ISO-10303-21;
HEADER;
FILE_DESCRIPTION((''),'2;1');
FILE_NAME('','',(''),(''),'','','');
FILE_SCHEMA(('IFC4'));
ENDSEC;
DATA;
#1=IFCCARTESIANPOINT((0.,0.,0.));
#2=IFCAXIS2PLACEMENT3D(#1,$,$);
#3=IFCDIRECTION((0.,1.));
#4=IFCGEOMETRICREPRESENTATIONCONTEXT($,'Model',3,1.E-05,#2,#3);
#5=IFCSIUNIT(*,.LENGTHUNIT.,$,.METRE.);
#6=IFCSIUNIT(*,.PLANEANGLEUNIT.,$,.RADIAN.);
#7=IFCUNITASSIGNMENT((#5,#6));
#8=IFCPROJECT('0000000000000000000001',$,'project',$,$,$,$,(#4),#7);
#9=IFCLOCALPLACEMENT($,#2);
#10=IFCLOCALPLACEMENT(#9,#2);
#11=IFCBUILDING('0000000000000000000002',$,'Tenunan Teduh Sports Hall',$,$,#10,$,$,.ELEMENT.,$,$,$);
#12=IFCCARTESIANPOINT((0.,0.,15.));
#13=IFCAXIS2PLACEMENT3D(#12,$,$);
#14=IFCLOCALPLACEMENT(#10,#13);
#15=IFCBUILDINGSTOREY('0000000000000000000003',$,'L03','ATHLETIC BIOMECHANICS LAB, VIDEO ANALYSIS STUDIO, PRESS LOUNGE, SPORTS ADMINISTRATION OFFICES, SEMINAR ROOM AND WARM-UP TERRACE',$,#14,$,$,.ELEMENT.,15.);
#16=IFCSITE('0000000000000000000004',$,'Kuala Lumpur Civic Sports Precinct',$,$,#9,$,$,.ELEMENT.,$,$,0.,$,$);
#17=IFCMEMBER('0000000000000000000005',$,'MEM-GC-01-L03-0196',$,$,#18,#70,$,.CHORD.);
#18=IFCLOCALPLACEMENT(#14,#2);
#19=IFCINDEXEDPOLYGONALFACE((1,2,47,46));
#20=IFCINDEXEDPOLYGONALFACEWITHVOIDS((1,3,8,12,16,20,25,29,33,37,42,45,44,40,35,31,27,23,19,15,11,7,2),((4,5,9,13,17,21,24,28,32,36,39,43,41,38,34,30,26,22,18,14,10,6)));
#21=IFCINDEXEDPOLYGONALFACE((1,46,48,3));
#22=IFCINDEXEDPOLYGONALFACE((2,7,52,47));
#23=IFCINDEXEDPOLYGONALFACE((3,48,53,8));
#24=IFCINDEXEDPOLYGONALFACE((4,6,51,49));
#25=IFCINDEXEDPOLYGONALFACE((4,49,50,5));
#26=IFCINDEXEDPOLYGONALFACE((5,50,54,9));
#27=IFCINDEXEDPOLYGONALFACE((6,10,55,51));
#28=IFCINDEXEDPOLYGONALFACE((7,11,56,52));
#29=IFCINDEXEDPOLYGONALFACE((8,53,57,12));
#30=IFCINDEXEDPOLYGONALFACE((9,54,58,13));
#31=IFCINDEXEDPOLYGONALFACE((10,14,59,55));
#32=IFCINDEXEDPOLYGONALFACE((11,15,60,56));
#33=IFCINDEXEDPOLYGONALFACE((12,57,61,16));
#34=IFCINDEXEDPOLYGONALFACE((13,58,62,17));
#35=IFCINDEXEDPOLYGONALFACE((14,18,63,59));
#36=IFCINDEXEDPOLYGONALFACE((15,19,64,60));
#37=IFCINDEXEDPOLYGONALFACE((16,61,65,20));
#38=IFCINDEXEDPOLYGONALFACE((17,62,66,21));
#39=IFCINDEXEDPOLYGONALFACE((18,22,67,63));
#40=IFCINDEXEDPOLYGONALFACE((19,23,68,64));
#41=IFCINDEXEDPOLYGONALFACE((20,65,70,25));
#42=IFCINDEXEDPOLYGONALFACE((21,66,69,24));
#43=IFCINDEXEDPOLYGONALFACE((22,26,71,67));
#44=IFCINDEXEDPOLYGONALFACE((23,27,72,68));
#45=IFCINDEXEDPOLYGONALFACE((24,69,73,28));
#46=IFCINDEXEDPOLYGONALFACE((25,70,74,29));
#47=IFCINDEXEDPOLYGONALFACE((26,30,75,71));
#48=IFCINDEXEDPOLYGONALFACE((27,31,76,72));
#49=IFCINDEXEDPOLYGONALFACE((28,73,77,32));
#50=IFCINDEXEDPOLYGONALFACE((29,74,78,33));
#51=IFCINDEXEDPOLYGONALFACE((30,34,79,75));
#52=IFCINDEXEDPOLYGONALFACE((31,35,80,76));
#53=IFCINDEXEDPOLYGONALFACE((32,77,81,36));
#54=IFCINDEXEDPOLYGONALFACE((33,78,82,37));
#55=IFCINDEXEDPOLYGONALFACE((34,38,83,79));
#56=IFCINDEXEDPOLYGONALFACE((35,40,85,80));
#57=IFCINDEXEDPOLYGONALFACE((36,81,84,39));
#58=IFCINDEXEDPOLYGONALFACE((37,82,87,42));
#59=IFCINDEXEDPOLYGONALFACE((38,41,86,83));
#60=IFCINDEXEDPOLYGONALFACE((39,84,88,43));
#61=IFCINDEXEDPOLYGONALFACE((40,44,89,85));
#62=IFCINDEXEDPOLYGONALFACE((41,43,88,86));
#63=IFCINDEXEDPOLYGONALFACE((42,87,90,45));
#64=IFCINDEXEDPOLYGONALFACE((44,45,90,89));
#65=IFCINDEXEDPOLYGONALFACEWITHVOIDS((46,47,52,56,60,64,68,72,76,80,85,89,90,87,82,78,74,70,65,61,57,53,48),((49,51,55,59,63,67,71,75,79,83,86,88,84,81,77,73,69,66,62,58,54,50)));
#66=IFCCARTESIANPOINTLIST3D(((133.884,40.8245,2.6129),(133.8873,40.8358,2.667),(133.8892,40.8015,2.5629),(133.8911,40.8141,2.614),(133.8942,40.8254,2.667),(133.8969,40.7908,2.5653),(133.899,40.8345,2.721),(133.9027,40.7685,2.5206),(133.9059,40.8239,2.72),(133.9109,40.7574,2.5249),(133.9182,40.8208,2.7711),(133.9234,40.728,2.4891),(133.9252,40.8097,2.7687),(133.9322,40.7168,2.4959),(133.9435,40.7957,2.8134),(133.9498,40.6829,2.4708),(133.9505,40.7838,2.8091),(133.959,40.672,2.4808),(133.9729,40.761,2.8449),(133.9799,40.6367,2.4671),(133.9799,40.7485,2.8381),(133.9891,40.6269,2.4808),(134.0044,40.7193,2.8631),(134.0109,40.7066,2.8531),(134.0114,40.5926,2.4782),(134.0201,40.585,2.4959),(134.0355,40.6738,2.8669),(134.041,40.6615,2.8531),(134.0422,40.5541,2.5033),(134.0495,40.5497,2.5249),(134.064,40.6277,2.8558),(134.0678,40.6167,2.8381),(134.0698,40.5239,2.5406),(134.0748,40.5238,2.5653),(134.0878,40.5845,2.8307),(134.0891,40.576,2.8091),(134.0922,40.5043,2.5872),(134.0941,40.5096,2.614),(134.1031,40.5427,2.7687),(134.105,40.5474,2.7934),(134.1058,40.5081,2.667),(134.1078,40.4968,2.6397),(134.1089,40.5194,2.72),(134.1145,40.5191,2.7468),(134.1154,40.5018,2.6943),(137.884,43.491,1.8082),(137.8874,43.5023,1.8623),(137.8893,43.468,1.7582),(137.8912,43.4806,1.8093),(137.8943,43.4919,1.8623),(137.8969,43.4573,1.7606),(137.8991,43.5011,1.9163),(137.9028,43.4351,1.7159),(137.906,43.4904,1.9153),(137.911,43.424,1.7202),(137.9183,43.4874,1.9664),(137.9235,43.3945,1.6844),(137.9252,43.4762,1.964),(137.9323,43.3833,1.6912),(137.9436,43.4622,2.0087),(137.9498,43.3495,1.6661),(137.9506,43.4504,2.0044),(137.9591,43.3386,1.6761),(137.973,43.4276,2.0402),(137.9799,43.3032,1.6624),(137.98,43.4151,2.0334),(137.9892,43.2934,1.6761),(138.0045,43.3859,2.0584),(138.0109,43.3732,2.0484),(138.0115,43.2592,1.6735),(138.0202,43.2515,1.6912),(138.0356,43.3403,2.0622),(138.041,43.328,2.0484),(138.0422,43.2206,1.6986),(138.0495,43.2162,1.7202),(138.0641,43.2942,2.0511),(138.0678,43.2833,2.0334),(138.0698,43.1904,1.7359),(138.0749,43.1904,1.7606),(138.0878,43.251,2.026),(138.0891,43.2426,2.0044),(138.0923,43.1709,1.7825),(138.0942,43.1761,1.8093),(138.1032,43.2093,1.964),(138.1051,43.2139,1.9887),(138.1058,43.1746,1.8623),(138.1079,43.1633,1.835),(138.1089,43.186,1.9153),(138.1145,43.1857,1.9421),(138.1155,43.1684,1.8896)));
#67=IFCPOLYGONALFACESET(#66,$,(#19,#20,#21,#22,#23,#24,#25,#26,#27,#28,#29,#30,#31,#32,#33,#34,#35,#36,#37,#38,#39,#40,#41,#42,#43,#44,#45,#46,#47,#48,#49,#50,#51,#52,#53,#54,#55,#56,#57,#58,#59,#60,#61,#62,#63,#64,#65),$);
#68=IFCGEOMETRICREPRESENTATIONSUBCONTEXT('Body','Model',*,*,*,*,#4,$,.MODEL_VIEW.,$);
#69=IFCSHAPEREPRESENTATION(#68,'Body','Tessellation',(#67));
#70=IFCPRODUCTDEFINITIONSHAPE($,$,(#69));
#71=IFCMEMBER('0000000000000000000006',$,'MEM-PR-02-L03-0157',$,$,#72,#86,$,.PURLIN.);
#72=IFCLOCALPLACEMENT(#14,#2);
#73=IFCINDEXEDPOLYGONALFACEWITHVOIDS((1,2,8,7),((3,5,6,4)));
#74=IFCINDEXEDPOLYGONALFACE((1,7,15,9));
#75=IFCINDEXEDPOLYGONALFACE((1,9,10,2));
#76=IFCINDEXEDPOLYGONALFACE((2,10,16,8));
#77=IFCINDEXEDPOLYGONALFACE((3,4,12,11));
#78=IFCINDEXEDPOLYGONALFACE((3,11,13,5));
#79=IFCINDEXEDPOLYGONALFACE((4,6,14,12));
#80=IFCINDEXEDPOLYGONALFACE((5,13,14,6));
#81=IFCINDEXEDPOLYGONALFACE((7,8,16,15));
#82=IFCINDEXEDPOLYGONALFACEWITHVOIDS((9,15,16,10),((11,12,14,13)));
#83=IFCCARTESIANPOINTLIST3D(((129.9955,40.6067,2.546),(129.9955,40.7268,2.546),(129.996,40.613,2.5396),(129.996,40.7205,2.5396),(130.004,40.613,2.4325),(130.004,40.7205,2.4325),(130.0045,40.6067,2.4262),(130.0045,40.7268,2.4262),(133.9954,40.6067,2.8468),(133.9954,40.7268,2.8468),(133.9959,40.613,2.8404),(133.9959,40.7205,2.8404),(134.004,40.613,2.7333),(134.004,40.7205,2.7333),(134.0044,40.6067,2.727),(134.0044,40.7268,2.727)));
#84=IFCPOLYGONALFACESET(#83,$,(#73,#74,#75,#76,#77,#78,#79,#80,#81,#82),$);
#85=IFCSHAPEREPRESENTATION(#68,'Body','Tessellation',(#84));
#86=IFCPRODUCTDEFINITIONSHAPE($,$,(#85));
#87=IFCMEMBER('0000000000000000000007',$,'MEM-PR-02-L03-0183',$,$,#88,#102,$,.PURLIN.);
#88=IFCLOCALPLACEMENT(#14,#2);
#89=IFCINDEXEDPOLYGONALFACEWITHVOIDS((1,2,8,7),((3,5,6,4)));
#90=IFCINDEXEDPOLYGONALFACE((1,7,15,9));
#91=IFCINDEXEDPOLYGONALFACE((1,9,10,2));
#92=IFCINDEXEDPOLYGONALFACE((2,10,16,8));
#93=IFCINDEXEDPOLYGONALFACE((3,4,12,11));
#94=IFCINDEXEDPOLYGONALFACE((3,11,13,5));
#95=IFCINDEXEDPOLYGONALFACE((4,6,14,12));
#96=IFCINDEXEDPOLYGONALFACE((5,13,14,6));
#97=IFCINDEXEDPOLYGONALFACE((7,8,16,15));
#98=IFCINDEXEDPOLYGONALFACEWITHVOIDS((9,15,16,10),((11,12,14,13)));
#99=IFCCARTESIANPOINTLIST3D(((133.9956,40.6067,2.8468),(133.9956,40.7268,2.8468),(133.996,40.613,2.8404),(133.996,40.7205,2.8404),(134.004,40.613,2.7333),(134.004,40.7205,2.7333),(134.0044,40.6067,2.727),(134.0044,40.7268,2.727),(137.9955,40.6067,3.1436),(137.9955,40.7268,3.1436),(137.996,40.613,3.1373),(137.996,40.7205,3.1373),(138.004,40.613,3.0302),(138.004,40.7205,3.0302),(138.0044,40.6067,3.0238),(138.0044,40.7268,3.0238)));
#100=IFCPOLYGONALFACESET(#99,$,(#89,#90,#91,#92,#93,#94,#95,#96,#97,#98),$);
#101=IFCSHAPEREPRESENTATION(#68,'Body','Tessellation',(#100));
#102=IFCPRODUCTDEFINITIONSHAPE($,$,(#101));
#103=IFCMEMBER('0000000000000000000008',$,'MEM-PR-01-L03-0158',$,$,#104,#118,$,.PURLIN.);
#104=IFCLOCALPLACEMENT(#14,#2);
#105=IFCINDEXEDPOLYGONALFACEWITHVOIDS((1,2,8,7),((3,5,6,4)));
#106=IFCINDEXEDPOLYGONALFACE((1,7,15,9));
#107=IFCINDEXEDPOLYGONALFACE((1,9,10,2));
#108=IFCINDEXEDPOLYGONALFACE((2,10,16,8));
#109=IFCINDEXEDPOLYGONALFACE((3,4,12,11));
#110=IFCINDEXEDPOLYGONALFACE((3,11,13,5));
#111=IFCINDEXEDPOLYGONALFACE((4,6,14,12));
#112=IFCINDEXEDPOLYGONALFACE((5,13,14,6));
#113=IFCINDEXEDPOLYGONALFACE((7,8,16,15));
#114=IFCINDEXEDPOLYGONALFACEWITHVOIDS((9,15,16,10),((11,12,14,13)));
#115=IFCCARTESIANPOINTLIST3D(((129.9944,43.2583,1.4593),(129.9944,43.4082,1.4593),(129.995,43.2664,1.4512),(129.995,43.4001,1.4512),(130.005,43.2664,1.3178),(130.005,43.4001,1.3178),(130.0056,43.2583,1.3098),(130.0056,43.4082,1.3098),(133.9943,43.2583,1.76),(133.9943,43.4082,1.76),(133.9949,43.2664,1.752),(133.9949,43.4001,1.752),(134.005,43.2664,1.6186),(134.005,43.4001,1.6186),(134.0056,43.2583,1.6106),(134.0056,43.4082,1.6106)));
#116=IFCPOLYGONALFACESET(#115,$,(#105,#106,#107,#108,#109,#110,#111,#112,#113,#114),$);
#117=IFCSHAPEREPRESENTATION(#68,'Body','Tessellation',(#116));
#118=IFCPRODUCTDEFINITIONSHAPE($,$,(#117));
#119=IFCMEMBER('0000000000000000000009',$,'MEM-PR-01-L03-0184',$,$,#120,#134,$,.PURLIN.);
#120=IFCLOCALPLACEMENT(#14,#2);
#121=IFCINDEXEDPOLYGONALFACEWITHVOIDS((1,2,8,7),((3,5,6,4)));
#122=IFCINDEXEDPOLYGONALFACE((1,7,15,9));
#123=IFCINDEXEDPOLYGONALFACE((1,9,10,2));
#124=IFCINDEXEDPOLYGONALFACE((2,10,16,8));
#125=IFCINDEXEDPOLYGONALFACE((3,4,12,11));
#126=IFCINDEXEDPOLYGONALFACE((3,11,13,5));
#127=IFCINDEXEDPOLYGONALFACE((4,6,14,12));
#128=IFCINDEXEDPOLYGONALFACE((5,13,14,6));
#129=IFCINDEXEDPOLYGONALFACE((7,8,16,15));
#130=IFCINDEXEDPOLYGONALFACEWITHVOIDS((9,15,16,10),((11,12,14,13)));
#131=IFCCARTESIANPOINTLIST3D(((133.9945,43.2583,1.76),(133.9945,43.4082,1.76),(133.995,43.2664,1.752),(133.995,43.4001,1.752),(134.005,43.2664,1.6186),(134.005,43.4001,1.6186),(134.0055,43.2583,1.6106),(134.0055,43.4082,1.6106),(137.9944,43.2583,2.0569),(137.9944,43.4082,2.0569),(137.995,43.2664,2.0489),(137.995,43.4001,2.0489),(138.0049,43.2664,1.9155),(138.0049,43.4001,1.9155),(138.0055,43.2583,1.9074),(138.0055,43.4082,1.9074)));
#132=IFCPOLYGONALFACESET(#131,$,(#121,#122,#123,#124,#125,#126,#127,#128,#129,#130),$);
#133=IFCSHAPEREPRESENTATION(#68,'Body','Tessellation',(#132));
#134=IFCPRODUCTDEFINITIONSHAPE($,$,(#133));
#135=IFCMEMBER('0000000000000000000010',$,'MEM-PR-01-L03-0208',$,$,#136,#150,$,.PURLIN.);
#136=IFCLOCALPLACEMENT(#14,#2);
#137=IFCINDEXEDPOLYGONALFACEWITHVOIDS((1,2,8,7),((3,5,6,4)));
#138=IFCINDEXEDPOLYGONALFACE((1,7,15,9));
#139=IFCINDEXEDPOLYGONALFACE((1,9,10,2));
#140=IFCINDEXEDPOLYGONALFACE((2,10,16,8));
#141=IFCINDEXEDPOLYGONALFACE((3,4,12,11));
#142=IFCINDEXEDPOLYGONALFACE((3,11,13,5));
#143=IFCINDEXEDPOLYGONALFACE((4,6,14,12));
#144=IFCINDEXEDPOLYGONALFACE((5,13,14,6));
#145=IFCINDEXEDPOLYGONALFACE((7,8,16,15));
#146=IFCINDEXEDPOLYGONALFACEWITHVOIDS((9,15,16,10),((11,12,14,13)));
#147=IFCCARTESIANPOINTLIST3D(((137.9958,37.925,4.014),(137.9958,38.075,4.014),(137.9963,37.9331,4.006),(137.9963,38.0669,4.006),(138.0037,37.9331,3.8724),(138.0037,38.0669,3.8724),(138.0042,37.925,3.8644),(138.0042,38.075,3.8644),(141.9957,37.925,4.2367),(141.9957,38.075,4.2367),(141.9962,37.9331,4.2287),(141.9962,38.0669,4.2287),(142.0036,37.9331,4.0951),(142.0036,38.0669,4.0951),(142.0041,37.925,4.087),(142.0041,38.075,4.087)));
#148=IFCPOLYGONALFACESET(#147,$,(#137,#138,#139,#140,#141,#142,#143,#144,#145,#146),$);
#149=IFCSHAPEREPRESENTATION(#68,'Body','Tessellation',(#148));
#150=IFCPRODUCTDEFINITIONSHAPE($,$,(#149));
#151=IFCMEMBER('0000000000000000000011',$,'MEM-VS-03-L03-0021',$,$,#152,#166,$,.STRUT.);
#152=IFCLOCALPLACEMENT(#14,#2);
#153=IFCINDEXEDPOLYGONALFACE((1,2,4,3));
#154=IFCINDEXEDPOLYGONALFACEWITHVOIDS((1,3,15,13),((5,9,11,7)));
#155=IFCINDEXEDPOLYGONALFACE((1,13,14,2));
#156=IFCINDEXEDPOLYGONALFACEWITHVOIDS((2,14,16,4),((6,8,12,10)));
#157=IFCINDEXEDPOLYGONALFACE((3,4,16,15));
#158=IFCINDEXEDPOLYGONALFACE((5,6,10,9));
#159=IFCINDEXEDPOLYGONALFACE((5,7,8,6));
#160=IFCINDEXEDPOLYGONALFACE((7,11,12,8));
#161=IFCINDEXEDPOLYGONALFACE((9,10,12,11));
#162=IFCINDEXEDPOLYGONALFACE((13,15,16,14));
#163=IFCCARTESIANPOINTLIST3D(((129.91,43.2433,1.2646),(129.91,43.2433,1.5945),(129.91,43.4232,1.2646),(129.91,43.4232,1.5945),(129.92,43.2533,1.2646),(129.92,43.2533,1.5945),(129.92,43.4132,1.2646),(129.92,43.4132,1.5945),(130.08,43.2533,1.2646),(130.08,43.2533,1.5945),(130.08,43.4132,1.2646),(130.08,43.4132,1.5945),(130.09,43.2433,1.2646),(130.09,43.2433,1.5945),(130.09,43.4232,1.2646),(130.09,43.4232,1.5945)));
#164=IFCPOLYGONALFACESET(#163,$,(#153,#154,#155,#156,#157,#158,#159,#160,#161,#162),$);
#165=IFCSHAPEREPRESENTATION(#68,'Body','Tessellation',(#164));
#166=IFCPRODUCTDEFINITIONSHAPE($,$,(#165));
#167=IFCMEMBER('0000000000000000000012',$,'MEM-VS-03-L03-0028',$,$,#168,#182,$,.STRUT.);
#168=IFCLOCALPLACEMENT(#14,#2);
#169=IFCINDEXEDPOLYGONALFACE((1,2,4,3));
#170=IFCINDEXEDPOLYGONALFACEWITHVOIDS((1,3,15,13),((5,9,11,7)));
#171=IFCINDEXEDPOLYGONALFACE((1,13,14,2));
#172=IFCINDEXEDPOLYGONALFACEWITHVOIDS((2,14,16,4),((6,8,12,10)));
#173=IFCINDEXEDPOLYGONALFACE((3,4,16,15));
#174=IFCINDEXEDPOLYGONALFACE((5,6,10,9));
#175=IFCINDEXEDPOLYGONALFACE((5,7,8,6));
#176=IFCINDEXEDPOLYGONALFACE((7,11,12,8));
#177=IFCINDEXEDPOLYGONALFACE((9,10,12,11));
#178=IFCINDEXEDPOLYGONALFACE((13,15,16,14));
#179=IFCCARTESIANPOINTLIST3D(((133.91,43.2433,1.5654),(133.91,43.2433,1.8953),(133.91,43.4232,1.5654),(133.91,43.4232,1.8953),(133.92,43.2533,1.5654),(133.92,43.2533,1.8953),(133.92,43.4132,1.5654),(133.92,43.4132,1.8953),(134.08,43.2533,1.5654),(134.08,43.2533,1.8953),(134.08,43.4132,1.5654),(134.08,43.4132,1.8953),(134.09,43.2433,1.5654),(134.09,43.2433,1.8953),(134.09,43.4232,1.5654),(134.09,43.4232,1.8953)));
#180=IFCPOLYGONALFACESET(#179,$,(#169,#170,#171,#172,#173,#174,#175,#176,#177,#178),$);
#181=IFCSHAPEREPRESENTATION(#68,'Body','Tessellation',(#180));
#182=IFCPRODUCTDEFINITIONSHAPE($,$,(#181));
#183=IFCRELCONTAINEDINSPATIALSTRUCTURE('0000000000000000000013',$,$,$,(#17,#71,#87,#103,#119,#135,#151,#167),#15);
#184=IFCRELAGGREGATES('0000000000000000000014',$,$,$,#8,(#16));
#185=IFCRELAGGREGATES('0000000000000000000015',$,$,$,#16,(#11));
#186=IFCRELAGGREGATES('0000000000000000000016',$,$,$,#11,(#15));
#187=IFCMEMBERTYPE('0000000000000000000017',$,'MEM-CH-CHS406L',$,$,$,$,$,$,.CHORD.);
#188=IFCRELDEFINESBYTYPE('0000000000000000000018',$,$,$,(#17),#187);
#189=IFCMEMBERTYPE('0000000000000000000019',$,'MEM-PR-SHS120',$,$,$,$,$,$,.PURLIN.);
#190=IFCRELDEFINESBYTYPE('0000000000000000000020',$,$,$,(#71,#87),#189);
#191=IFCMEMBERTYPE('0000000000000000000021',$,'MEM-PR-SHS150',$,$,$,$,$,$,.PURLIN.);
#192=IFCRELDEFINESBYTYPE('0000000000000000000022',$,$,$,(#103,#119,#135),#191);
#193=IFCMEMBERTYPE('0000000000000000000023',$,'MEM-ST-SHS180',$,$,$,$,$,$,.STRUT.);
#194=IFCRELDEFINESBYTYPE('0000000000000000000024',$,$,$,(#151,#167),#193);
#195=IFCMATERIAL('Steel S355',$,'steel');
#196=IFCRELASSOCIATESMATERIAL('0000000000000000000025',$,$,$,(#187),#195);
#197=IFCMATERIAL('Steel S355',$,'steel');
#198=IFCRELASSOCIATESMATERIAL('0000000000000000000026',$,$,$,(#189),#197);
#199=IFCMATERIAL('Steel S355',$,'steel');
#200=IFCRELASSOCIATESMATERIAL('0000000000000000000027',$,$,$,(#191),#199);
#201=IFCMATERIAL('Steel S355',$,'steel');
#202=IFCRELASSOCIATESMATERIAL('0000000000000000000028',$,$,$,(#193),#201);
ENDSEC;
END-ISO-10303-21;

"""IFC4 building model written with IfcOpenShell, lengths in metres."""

from ifc_helpers import new_model, si_unit, direction, frame, origin, origin_2d, place, context, subcontext, project, spatial, hollow_rectangle, hollow_circle, extrude, material, material_profile, profile_set, type_object, element, save


model = new_model("IFC4")

# Units and contexts
model_context = context("Model", 3, precision=1e-05, world=origin(), true_north=direction((0.0, 1.0)))
body_context = subcontext(model_context, "Body", "Model", "MODEL_VIEW")
ifc_project = project(units=[si_unit("LENGTHUNIT", "METRE"), si_unit("PLANEANGLEUNIT", "RADIAN")], contexts=[model_context])

# Site, building, storey
site_placement = place(None, origin())
site = spatial("IfcSite", under=ifc_project, at=site_placement, Name="Kuala Lumpur Civic Sports Precinct", CompositionType="ELEMENT", RefElevation=0.0)
building_placement = place(site_placement, origin())
building = spatial("IfcBuilding", under=site, at=building_placement, Name="Tenunan Teduh Sports Hall", CompositionType="ELEMENT")
storey_placement = place(building_placement, frame((0.0, 0.0, 15.0)))
storey = spatial("IfcBuildingStorey", under=building, at=storey_placement, Name="L03", Description="ATHLETIC BIOMECHANICS LAB, VIDEO ANALYSIS STUDIO, PRESS LOUNGE, SPORTS ADMINISTRATION OFFICES, SEMINAR ROOM AND WARM-UP TERRACE", CompositionType="ELEMENT", Elevation=15.0)

# Members
ifc_material_1 = material(Name="Steel S355", Category="steel")
ifc_material_profile_1 = material_profile(ifc_material_1, hollow_circle(Radius=0.2031, WallThickness=0.0125, at=origin_2d()), Name="CHS 406.4x12.5")
ifc_profile_set_1 = profile_set([ifc_material_profile_1], Name="Steel S355")
member_type_1 = type_object("IfcMemberType", Name="MEM-CH-CHS406L", PredefinedType="CHORD", material=ifc_profile_set_1)
member_1_placement = place(storey_placement, frame((134.0, 40.6667, 2.667), z_axis=(0.820649, 0.547066, -0.165091), x_axis=(-0.554677, 0.832066, 0.0)))
element("IfcMember", 1, at=member_1_placement, inside=storey, type_object=member_type_1, Name="MEM-GC-01-L03-0196", PredefinedType="CHORD", context=body_context, shape_type="SweptSolid", body=[
    extrude(hollow_circle(Radius=0.2031, WallThickness=0.0125, at=origin_2d()), origin(), (0.0, 0.0, 1.0), 4.8743),
])
ifc_material_2 = material(Name="Steel S355", Category="steel")
ifc_material_profile_2 = material_profile(ifc_material_2, hollow_rectangle(XDim=0.1201, YDim=0.1201, WallThickness=0.0063, at=origin_2d()), Name="SHS 120x120x6.3")
ifc_profile_set_2 = profile_set([ifc_material_profile_2], Name="Steel S355")
member_type_2 = type_object("IfcMemberType", Name="MEM-PR-SHS120", PredefinedType="PURLIN", material=ifc_profile_set_2)
member_2_placement = place(storey_placement, frame((130.0, 40.6667, 2.4861), z_axis=(0.997185, 0.0, 0.074984), x_axis=(0.0, 1.0, 0.0)))
element("IfcMember", 2, at=member_2_placement, inside=storey, type_object=member_type_2, Name="MEM-PR-02-L03-0157", PredefinedType="PURLIN", context=body_context, shape_type="SweptSolid", body=[
    extrude(hollow_rectangle(XDim=0.1201, YDim=0.1201, WallThickness=0.0063, at=origin_2d()), origin(), (0.0, 0.0, 1.0), 4.0112),
])
member_3_placement = place(storey_placement, frame((134.0, 40.6667, 2.7869), z_axis=(0.997257, 0.0, 0.074015), x_axis=(0.0, 1.0, 0.0)))
element("IfcMember", 3, at=member_3_placement, inside=storey, type_object=member_type_2, Name="MEM-PR-02-L03-0183", PredefinedType="PURLIN", context=body_context, shape_type="SweptSolid", body=[
    extrude(hollow_rectangle(XDim=0.1201, YDim=0.1201, WallThickness=0.0063, at=origin_2d()), origin(), (0.0, 0.0, 1.0), 4.011),
])
ifc_material_3 = material(Name="Steel S355", Category="steel")
ifc_material_profile_3 = material_profile(ifc_material_3, hollow_rectangle(XDim=0.1499, YDim=0.1499, WallThickness=0.0081, at=origin_2d()), Name="SHS 150x150x8.0")
ifc_profile_set_3 = profile_set([ifc_material_profile_3], Name="Steel S355")
member_type_3 = type_object("IfcMemberType", Name="MEM-PR-SHS150", PredefinedType="PURLIN", material=ifc_profile_set_3)
member_4_placement = place(storey_placement, frame((130.0, 43.3333, 1.3845), z_axis=(0.997185, 0.0, 0.074984), x_axis=(0.0, 1.0, 0.0)))
element("IfcMember", 4, at=member_4_placement, inside=storey, type_object=member_type_3, Name="MEM-PR-01-L03-0158", PredefinedType="PURLIN", context=body_context, shape_type="SweptSolid", body=[
    extrude(hollow_rectangle(XDim=0.1499, YDim=0.1499, WallThickness=0.0081, at=origin_2d()), origin(), (0.0, 0.0, 1.0), 4.0112),
])
member_5_placement = place(storey_placement, frame((134.0, 43.3333, 1.6853), z_axis=(0.997257, 0.0, 0.074015), x_axis=(0.0, 1.0, 0.0)))
element("IfcMember", 5, at=member_5_placement, inside=storey, type_object=member_type_3, Name="MEM-PR-01-L03-0184", PredefinedType="PURLIN", context=body_context, shape_type="SweptSolid", body=[
    extrude(hollow_rectangle(XDim=0.1499, YDim=0.1499, WallThickness=0.0081, at=origin_2d()), origin(), (0.0, 0.0, 1.0), 4.011),
])
member_6_placement = place(storey_placement, frame((138.0, 38.0, 3.9392), z_axis=(0.998454, 0.0, 0.055578), x_axis=(0.0, 1.0, 0.0)))
element("IfcMember", 6, at=member_6_placement, inside=storey, type_object=member_type_3, Name="MEM-PR-01-L03-0208", PredefinedType="PURLIN", context=body_context, shape_type="SweptSolid", body=[
    extrude(hollow_rectangle(XDim=0.1499, YDim=0.1499, WallThickness=0.0081, at=origin_2d()), origin(), (0.0, 0.0, 1.0), 4.0061),
])
ifc_material_4 = material(Name="Steel S355", Category="steel")
ifc_material_profile_4 = material_profile(ifc_material_4, hollow_rectangle(XDim=0.1799, YDim=0.1799, WallThickness=0.01, at=origin_2d()), Name="SHS 180x180x10.0")
ifc_profile_set_4 = profile_set([ifc_material_profile_4], Name="Steel S355")
member_type_4 = type_object("IfcMemberType", Name="MEM-ST-SHS180", PredefinedType="STRUT", material=ifc_profile_set_4)
for number, where, z_axis, x_axis, name in (
    (7, (130.0, 43.3333, 1.2646), (0.0, 0.0, 1.0), (1.0, 0.0, 0.0), "MEM-VS-03-L03-0021"),
    (8, (134.0, 43.3333, 1.5654), (0.0, 0.0, 1.0), (1.0, 0.0, 0.0), "MEM-VS-03-L03-0028"),
):
    element("IfcMember", number, at=place(storey_placement, frame(where, z_axis=z_axis, x_axis=x_axis)), inside=storey, type_object=member_type_4, Name=name, PredefinedType="STRUT", context=body_context, shape_type="SweptSolid", body=[
        extrude(hollow_rectangle(XDim=0.1799, YDim=0.1799, WallThickness=0.01, at=origin_2d()), origin(), (0.0, 0.0, 1.0), 0.3298),
    ])

save(model, "model.ifc")
